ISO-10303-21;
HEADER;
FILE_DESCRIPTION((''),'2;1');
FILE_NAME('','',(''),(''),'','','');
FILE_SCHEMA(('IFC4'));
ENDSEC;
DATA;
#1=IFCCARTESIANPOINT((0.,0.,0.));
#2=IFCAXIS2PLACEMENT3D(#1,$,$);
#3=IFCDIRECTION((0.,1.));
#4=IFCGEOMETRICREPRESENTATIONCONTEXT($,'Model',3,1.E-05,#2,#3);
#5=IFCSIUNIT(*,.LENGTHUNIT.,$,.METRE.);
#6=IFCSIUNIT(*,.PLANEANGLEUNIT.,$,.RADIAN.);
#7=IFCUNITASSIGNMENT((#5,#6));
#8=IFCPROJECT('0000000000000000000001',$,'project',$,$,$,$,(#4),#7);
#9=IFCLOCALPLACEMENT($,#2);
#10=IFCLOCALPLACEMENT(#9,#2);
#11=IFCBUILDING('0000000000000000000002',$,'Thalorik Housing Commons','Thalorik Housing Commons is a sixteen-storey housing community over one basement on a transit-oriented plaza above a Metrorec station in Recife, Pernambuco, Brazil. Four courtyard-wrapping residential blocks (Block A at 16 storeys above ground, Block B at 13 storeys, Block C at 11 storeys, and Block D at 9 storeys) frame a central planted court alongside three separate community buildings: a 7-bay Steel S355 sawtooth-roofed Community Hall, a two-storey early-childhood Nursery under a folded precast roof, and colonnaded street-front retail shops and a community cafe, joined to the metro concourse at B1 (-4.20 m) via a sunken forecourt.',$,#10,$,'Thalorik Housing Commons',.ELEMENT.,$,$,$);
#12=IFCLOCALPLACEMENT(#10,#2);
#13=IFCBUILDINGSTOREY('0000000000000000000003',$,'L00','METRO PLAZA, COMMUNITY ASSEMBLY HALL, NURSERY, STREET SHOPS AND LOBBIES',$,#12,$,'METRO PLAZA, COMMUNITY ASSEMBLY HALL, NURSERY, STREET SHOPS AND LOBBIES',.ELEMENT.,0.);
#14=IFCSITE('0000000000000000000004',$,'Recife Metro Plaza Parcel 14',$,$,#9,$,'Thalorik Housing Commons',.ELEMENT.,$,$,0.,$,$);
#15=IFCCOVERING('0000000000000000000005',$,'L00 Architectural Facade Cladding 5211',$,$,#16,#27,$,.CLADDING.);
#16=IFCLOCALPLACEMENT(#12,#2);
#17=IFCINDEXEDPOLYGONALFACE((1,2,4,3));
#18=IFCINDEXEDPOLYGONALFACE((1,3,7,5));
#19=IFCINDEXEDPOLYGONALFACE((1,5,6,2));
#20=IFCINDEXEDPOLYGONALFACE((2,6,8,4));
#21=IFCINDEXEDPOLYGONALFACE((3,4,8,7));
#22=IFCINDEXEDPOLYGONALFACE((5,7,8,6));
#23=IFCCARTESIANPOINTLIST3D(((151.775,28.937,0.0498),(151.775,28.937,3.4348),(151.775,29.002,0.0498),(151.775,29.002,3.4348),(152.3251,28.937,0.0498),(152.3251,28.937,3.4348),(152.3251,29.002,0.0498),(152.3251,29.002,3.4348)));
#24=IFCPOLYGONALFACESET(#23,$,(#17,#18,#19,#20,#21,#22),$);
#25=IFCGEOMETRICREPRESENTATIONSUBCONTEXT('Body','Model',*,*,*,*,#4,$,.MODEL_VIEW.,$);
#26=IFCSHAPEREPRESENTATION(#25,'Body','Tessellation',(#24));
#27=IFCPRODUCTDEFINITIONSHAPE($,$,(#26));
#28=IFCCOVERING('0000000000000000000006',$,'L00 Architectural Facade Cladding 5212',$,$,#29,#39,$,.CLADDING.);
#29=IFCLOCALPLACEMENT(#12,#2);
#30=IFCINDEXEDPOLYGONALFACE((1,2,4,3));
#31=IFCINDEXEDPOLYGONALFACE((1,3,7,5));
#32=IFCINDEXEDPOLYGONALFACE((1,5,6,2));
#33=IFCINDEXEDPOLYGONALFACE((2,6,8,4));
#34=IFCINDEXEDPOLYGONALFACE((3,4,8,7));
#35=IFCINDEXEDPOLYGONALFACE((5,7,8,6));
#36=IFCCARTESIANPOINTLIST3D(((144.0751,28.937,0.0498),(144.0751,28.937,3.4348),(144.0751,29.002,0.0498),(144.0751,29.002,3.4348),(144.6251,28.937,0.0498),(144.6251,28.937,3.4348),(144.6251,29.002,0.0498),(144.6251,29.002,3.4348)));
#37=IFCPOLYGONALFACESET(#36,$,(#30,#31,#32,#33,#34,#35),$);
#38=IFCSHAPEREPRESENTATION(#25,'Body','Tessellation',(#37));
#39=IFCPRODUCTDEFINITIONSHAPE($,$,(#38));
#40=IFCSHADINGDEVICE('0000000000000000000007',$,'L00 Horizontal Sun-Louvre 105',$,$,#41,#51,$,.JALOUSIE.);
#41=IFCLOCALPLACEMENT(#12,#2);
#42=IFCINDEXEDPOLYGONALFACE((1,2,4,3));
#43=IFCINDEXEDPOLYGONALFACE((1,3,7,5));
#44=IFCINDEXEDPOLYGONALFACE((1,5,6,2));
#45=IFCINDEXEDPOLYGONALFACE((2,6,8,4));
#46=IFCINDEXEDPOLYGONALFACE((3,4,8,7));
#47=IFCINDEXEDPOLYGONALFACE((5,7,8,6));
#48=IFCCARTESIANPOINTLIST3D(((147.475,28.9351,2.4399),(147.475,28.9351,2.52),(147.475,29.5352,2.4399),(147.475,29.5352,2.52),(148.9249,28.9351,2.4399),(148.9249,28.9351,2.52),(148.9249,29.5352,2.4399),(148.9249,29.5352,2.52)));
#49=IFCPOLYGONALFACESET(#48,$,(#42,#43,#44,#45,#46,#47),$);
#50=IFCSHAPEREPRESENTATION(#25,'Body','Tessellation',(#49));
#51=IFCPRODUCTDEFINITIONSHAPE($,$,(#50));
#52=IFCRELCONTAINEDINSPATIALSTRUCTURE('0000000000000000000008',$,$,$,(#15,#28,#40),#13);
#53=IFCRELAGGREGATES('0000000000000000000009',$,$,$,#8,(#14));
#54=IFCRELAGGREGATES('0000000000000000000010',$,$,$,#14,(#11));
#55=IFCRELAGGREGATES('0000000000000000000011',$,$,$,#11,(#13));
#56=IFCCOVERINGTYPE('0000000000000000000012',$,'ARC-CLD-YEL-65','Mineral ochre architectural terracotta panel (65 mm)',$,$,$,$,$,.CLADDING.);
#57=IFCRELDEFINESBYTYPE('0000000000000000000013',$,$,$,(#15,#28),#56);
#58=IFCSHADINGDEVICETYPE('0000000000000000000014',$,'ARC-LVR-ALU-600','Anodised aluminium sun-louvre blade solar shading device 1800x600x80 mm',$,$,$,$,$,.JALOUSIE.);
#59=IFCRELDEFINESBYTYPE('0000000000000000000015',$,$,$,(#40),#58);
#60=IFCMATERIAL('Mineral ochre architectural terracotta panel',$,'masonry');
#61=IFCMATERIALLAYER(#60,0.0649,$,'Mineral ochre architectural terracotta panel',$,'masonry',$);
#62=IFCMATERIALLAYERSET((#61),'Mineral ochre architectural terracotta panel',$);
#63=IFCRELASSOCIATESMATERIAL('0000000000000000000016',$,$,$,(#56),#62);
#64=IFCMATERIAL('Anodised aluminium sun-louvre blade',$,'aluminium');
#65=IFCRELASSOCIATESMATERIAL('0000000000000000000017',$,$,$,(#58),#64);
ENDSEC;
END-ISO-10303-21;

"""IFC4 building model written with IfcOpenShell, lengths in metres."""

from ifc_helpers import new_model, si_unit, direction, frame, origin, origin_2d, place, context, subcontext, project, spatial, rectangle, extrude, material, layer, layer_set, type_object, element, save


model = new_model("IFC4")

# Units and contexts
model_context = context("Model", 3, precision=1e-05, world=origin(), true_north=direction((0.0, 1.0)))
body_context = subcontext(model_context, "Body", "Model", "MODEL_VIEW")
ifc_project = project(units=[si_unit("LENGTHUNIT", "METRE"), si_unit("PLANEANGLEUNIT", "RADIAN")], contexts=[model_context])

# Site, building, storey
site_placement = place(None, origin())
site = spatial("IfcSite", under=ifc_project, at=site_placement, Name="Recife Metro Plaza Parcel 14", LongName="Thalorik Housing Commons", CompositionType="ELEMENT", RefElevation=0.0)
building_placement = place(site_placement, origin())
building = spatial("IfcBuilding", under=site, at=building_placement, Name="Thalorik Housing Commons", Description="Thalorik Housing Commons is a sixteen-storey housing community over one basement on a transit-oriented plaza above a Metrorec station in Recife, Pernambuco, Brazil. Four courtyard-wrapping residential blocks (Block A at 16 storeys above ground, Block B at 13 storeys, Block C at 11 storeys, and Block D at 9 storeys) frame a central planted court alongside three separate community buildings: a 7-bay Steel S355 sawtooth-roofed Community Hall, a two-storey early-childhood Nursery under a folded precast roof, and colonnaded street-front retail shops and a community cafe, joined to the metro concourse at B1 (-4.20 m) via a sunken forecourt.", LongName="Thalorik Housing Commons", CompositionType="ELEMENT")
storey_placement = place(building_placement, origin())
storey = spatial("IfcBuildingStorey", under=building, at=storey_placement, Name="L00", Description="METRO PLAZA, COMMUNITY ASSEMBLY HALL, NURSERY, STREET SHOPS AND LOBBIES", LongName="METRO PLAZA, COMMUNITY ASSEMBLY HALL, NURSERY, STREET SHOPS AND LOBBIES", CompositionType="ELEMENT", Elevation=0.0)

# Coverings
ifc_material_1 = material(Name="Mineral ochre architectural terracotta panel", Category="masonry")
ifc_layer_1 = layer(ifc_material_1, 0.0649, Name="Mineral ochre architectural terracotta panel", Category="masonry")
ifc_layer_set_1 = layer_set([ifc_layer_1], Name="Mineral ochre architectural terracotta panel")
covering_type = type_object("IfcCoveringType", Name="ARC-CLD-YEL-65", Description="Mineral ochre architectural terracotta panel (65 mm)", PredefinedType="CLADDING", material=ifc_layer_set_1)
for number, where, z_axis, x_axis, name in (
    (1, (152.05, 28.9695, 0.0498), (0.0, 0.0, 1.0), (-1.0, 0.0, 0.0), "L00 Architectural Facade Cladding 5211"),
    (2, (144.3501, 28.9695, 0.0498), (0.0, 0.0, 1.0), (-1.0, 0.0, 0.0), "L00 Architectural Facade Cladding 5212"),
):
    element("IfcCovering", number, at=place(storey_placement, frame(where, z_axis=z_axis, x_axis=x_axis)), inside=storey, type_object=covering_type, Name=name, PredefinedType="CLADDING", context=body_context, shape_type="SweptSolid", body=[
        extrude(rectangle(XDim=0.55, YDim=0.0649, at=origin_2d()), origin(), (0.0, 0.0, 1.0), 3.385),
    ])

# Shading device
ifc_material_2 = material(Name="Anodised aluminium sun-louvre blade", Category="aluminium")
shading_device_type = type_object("IfcShadingDeviceType", Name="ARC-LVR-ALU-600", Description="Anodised aluminium sun-louvre blade solar shading device 1800x600x80 mm", PredefinedType="JALOUSIE", material=ifc_material_2)
shading_device_placement = place(storey_placement, frame((148.2, 29.2351, 2.4399), z_axis=(0.0, 0.0, 1.0), x_axis=(-1.0, 0.0, 0.0)))
element("IfcShadingDevice", 3, at=shading_device_placement, inside=storey, type_object=shading_device_type, Name="L00 Horizontal Sun-Louvre 105", PredefinedType="JALOUSIE", context=body_context, shape_type="SweptSolid", body=[
    extrude(rectangle(XDim=1.45, YDim=0.6001, at=origin_2d()), origin(), (0.0, 0.0, 1.0), 0.0801),
])

save(model, "model.ifc")
